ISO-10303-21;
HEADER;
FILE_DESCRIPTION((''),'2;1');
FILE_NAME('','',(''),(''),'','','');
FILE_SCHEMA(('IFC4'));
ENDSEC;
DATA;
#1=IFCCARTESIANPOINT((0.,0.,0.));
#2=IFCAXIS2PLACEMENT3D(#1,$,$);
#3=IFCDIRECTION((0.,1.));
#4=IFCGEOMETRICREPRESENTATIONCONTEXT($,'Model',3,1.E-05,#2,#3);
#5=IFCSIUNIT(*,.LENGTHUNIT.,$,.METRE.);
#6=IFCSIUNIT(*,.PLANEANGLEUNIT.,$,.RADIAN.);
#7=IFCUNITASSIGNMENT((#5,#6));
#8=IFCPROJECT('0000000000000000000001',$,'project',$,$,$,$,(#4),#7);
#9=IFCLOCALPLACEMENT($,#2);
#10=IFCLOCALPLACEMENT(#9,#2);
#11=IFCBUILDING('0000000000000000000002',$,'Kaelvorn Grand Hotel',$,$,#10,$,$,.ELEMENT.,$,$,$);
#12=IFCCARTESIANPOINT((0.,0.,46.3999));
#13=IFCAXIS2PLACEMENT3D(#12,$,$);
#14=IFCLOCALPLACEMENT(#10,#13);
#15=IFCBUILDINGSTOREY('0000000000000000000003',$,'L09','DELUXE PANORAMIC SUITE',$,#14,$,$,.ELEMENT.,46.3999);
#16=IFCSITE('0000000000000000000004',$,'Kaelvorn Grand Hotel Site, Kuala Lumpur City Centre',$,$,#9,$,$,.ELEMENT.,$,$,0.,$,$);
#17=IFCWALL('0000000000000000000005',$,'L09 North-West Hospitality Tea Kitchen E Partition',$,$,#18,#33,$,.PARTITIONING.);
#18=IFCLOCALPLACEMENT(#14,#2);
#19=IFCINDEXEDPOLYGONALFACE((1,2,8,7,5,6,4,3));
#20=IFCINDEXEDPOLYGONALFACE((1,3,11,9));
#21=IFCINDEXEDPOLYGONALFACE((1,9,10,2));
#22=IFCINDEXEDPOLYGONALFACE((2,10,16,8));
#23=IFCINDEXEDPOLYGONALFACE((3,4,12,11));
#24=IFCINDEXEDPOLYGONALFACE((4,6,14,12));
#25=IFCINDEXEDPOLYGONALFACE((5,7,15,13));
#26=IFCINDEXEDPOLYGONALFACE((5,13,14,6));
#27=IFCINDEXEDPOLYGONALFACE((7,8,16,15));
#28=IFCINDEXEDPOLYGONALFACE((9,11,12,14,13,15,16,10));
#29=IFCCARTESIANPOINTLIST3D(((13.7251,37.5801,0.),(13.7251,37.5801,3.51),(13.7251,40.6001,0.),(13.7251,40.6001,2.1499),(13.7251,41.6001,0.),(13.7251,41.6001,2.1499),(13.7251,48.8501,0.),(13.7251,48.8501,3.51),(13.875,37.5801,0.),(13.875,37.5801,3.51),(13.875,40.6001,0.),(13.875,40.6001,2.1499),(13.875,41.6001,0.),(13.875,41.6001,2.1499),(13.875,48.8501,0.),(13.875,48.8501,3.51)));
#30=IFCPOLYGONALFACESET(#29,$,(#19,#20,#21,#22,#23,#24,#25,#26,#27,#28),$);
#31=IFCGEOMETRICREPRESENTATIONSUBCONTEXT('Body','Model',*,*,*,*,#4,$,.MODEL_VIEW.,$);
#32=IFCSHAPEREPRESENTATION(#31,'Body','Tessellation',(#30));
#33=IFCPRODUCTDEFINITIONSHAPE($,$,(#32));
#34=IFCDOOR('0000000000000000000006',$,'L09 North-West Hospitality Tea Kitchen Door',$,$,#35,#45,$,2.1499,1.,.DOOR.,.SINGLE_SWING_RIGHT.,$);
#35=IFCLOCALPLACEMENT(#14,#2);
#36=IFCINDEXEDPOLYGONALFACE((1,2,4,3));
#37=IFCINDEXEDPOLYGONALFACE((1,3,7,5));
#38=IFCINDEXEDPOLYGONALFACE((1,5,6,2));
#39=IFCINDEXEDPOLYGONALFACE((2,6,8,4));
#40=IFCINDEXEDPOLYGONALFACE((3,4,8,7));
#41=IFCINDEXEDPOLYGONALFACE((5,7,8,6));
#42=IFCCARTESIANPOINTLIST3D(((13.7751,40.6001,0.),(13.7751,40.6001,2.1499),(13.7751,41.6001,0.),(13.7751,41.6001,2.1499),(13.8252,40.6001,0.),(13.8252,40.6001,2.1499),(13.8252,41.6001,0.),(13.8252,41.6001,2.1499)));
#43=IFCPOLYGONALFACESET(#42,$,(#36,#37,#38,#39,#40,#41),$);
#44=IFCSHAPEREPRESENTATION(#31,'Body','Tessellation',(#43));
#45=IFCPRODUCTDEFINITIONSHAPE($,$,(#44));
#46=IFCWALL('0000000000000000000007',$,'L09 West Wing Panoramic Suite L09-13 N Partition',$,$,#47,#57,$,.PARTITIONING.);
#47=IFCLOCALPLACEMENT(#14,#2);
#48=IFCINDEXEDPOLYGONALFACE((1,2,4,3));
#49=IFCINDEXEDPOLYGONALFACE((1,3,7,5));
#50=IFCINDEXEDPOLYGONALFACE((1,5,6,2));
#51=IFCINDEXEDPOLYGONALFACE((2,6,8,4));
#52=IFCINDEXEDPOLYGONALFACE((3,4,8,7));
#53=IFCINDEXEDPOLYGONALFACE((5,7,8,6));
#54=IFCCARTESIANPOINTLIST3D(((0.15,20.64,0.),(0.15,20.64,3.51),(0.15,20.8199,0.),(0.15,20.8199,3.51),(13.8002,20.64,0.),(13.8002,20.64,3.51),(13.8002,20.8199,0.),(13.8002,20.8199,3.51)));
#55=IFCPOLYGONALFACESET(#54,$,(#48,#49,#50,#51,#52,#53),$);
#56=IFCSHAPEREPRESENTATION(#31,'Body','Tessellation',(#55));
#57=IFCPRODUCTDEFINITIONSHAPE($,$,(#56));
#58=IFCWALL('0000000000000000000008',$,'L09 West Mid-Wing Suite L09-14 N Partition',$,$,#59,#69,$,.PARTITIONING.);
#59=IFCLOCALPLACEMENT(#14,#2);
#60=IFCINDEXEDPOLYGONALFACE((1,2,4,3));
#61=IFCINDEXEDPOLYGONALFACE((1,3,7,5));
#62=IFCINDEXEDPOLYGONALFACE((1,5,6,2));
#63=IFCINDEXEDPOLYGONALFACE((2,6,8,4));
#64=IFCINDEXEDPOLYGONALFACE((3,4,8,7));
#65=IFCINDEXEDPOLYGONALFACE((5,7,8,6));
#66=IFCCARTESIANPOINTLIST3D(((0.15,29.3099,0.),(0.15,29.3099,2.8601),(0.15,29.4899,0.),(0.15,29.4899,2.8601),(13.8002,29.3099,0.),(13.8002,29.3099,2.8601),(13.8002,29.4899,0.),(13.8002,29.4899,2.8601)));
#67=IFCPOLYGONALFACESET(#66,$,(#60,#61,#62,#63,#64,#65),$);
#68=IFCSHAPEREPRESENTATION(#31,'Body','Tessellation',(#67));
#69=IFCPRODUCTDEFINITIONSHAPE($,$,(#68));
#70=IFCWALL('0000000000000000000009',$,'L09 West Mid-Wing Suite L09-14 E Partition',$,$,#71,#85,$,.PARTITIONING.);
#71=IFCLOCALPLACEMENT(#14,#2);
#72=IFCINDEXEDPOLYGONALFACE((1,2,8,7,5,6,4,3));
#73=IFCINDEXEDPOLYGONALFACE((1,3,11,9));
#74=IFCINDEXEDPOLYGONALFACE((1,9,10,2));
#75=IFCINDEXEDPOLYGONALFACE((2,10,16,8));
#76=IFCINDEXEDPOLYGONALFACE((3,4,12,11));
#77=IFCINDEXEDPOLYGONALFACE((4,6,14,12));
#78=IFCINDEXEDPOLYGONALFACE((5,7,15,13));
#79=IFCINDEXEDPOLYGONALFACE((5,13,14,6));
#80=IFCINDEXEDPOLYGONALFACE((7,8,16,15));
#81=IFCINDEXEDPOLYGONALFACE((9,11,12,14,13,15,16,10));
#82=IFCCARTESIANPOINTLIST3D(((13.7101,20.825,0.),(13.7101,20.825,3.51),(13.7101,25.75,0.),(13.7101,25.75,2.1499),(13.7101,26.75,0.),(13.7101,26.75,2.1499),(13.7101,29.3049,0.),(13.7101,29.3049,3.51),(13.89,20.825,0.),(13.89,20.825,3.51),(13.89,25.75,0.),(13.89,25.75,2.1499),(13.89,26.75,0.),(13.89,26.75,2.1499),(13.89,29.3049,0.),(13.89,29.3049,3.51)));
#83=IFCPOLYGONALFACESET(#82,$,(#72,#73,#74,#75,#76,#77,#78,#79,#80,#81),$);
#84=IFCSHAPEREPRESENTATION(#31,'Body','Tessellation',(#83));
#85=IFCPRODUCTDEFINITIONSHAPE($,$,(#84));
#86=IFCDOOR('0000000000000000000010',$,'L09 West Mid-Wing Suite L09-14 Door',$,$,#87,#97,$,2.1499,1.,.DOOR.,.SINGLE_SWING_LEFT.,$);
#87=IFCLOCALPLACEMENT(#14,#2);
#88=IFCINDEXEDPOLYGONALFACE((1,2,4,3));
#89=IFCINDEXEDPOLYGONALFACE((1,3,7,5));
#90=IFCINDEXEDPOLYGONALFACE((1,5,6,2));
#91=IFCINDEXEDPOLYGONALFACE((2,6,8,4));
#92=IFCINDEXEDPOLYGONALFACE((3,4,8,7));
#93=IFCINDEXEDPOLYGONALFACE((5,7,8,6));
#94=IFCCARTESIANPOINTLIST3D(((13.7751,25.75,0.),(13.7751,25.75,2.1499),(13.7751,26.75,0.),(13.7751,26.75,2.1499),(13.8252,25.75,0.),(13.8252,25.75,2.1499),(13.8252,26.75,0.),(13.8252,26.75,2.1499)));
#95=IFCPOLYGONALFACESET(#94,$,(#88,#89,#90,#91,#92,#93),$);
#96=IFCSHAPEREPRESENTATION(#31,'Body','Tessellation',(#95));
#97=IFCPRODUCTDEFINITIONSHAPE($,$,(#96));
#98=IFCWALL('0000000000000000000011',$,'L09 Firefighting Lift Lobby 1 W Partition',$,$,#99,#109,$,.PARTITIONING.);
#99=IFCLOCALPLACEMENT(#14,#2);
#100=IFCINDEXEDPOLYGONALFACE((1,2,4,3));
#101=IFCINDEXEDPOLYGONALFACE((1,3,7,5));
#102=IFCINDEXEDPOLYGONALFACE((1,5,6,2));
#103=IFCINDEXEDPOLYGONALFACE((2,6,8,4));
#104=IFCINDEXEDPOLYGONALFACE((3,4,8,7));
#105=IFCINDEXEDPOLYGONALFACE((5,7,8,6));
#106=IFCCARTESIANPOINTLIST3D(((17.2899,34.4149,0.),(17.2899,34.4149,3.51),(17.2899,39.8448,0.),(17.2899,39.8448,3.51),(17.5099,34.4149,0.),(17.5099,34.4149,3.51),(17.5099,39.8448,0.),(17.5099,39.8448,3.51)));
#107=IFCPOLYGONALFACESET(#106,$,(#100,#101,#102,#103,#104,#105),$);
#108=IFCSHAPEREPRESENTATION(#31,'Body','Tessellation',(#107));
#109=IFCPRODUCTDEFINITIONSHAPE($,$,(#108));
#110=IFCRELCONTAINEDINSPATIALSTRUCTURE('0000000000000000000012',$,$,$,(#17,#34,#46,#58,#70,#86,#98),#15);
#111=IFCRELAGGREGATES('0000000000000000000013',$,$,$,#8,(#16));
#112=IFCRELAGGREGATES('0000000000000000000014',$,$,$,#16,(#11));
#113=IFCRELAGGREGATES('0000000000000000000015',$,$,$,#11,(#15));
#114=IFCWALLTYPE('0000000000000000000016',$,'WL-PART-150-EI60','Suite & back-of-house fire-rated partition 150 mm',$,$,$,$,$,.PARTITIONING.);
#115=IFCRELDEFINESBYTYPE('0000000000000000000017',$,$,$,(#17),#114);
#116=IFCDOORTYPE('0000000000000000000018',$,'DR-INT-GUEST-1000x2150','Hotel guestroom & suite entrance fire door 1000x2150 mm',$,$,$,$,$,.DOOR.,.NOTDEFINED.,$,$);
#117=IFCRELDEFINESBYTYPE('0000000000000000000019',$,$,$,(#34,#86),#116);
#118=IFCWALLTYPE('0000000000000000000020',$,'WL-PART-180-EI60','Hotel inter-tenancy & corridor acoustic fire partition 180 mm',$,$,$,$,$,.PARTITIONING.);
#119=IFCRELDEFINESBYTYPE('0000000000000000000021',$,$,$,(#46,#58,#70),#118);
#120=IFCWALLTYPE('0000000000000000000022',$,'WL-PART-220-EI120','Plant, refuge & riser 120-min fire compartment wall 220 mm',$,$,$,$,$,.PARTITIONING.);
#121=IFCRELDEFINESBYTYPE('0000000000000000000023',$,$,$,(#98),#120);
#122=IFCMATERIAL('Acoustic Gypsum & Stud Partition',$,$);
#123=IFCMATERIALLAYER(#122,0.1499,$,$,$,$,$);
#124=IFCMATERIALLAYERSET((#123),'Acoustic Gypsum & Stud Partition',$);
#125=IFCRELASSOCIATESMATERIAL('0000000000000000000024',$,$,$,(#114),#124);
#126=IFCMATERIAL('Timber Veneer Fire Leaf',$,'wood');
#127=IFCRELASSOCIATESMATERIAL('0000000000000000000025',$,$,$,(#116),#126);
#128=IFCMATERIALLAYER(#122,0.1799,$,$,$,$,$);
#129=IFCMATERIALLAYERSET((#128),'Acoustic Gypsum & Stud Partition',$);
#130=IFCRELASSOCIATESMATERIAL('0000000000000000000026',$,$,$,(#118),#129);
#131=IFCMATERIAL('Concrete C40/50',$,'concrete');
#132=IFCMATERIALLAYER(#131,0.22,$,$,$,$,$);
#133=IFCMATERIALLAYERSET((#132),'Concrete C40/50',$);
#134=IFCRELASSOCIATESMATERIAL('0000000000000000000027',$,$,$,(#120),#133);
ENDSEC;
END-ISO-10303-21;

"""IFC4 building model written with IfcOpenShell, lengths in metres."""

from ifc_helpers import new_model, si_unit, direction, frame, frame_2d, origin, place, context, subcontext, project, spatial, rectangle, extrude, material, layer, layer_set, type_object, element, fill, save


model = new_model("IFC4")

# Units and contexts
model_context = context("Model", 3, precision=1e-05, world=origin(), true_north=direction((0.0, 1.0)))
body_context = subcontext(model_context, "Body", "Model", "MODEL_VIEW")
ifc_project = project(units=[si_unit("LENGTHUNIT", "METRE"), si_unit("PLANEANGLEUNIT", "RADIAN")], contexts=[model_context])

# Site, building, storey
site_placement = place(None, origin())
site = spatial("IfcSite", under=ifc_project, at=site_placement, Name="Kaelvorn Grand Hotel Site, Kuala Lumpur City Centre", CompositionType="ELEMENT", RefElevation=0.0)
building_placement = place(site_placement, origin())
building = spatial("IfcBuilding", under=site, at=building_placement, Name="Kaelvorn Grand Hotel", CompositionType="ELEMENT")
storey_placement = place(building_placement, frame((0.0, 0.0, 46.3999)))
storey = spatial("IfcBuildingStorey", under=building, at=storey_placement, Name="L09", Description="DELUXE PANORAMIC SUITE", CompositionType="ELEMENT", Elevation=46.3999)

# Shared definitions
ifc_material_1 = material(Name="Acoustic Gypsum & Stud Partition")
ifc_layer_1 = layer(ifc_material_1, 0.1499)
ifc_layer_set_1 = layer_set([ifc_layer_1], Name="Acoustic Gypsum & Stud Partition")
wall_type_1 = type_object("IfcWallType", Name="WL-PART-150-EI60", Description="Suite & back-of-house fire-rated partition 150 mm", PredefinedType="PARTITIONING", material=ifc_layer_set_1)

# Wall, opening, door
ifc_material_2 = material(Name="Timber Veneer Fire Leaf", Category="wood")
door_type_1 = type_object("IfcDoorType", Name="DR-INT-GUEST-1000x2150", Description="Hotel guestroom & suite entrance fire door 1000x2150 mm", OperationType="NOTDEFINED", PredefinedType="DOOR", material=ifc_material_2)
wall_1_placement = place(storey_placement, frame((13.8, 37.5801, 0.0), z_axis=(0.0, 0.0, 1.0), x_axis=(0.0, 1.0, 0.0)))
wall_1 = element("IfcWall", 1, at=wall_1_placement, inside=storey, type_object=wall_type_1, Name="L09 North-West Hospitality Tea Kitchen E Partition", PredefinedType="PARTITIONING", context=body_context, shape_type="SweptSolid", body=[
    extrude(rectangle(XDim=11.27, YDim=0.1499, at=frame_2d((5.635, 0.0))), origin(), (0.0, 0.0, 1.0), 3.51),
])
opening_1_placement = place(wall_1_placement, frame((3.02, 0.0, 0.0)))
opening_1 = element("IfcOpeningElement", 2, at=opening_1_placement, cuts=wall_1, PredefinedType="OPENING", context=body_context, shape_type="SweptSolid", body=[
    extrude(rectangle(XDim=1.0, YDim=2.1499, at=frame_2d((0.5, 1.075))), frame((0.0, 0.085, 0.0), z_axis=(0.0, -1.0, 0.0), x_axis=(1.0, 0.0, 0.0)), (0.0, 0.0, 1.0), 0.1699),
])
door_1_placement = place(opening_1_placement, origin())
door_1 = element("IfcDoor", 3, at=door_1_placement, inside=storey, type_object=door_type_1, Name="L09 North-West Hospitality Tea Kitchen Door", OperationType="SINGLE_SWING_RIGHT", OverallHeight=2.1499, OverallWidth=1.0, PredefinedType="DOOR", context=body_context, shape_type="SweptSolid", body=[
    extrude(rectangle(XDim=1.0, YDim=2.1499, at=frame_2d((0.5, 1.075))), frame((0.0, 0.0249, 0.0), z_axis=(0.0, -1.0, 0.0), x_axis=(1.0, 0.0, 0.0)), (0.0, 0.0, 1.0), 0.05),
])
fill(opening_1, door_1)

# Walls
ifc_layer_2 = layer(ifc_material_1, 0.1799)
ifc_layer_set_2 = layer_set([ifc_layer_2], Name="Acoustic Gypsum & Stud Partition")
wall_type_2 = type_object("IfcWallType", Name="WL-PART-180-EI60", Description="Hotel inter-tenancy & corridor acoustic fire partition 180 mm", PredefinedType="PARTITIONING", material=ifc_layer_set_2)
wall_2_placement = place(storey_placement, frame((0.1499, 20.73, 0.0), z_axis=(0.0, 0.0, 1.0), x_axis=(1.0, 0.0, 0.0)))
element("IfcWall", 4, at=wall_2_placement, inside=storey, type_object=wall_type_2, Name="L09 West Wing Panoramic Suite L09-13 N Partition", PredefinedType="PARTITIONING", context=body_context, shape_type="SweptSolid", body=[
    extrude(rectangle(XDim=13.6501, YDim=0.1799, at=frame_2d((6.8252, 0.0))), origin(), (0.0, 0.0, 1.0), 3.51),
])
wall_3_placement = place(storey_placement, frame((0.1499, 29.3999, 0.0), z_axis=(0.0, 0.0, 1.0), x_axis=(1.0, 0.0, 0.0)))
element("IfcWall", 5, at=wall_3_placement, inside=storey, type_object=wall_type_2, Name="L09 West Mid-Wing Suite L09-14 N Partition", PredefinedType="PARTITIONING", context=body_context, shape_type="SweptSolid", body=[
    extrude(rectangle(XDim=13.6501, YDim=0.1799, at=frame_2d((6.8252, 0.0))), origin(), (0.0, 0.0, 1.0), 2.8601),
])

# Wall, opening, door
wall_4_placement = place(storey_placement, frame((13.8, 20.825, 0.0), z_axis=(0.0, 0.0, 1.0), x_axis=(0.0, 1.0, 0.0)))
wall_4 = element("IfcWall", 6, at=wall_4_placement, inside=storey, type_object=wall_type_2, Name="L09 West Mid-Wing Suite L09-14 E Partition", PredefinedType="PARTITIONING", context=body_context, shape_type="SweptSolid", body=[
    extrude(rectangle(XDim=8.48, YDim=0.1799, at=frame_2d((4.24, 0.0))), origin(), (0.0, 0.0, 1.0), 3.51),
])
opening_2_placement = place(wall_4_placement, frame((4.925, 0.0, 0.0)))
opening_2 = element("IfcOpeningElement", 7, at=opening_2_placement, cuts=wall_4, PredefinedType="OPENING", context=body_context, shape_type="SweptSolid", body=[
    extrude(rectangle(XDim=1.0, YDim=2.1499, at=frame_2d((0.5, 1.075))), frame((0.0, 0.1001, 0.0), z_axis=(0.0, -1.0, 0.0), x_axis=(1.0, 0.0, 0.0)), (0.0, 0.0, 1.0), 0.2),
])
door_2_placement = place(opening_2_placement, origin())
door_2 = element("IfcDoor", 8, at=door_2_placement, inside=storey, type_object=door_type_1, Name="L09 West Mid-Wing Suite L09-14 Door", OperationType="SINGLE_SWING_LEFT", OverallHeight=2.1499, OverallWidth=1.0, PredefinedType="DOOR", context=body_context, shape_type="SweptSolid", body=[
    extrude(rectangle(XDim=1.0, YDim=2.1499, at=frame_2d((0.5, 1.075))), frame((0.0, 0.0249, 0.0), z_axis=(0.0, -1.0, 0.0), x_axis=(1.0, 0.0, 0.0)), (0.0, 0.0, 1.0), 0.05),
])
fill(opening_2, door_2)
ifc_material_3 = material(Name="Concrete C40/50", Category="concrete")
ifc_layer_3 = layer(ifc_material_3, 0.22)
ifc_layer_set_3 = layer_set([ifc_layer_3], Name="Concrete C40/50")
wall_type_3 = type_object("IfcWallType", Name="WL-PART-220-EI120", Description="Plant, refuge & riser 120-min fire compartment wall 220 mm", PredefinedType="PARTITIONING", material=ifc_layer_set_3)

# Wall
wall_5_placement = place(storey_placement, frame((17.3999, 34.415, 0.0), z_axis=(0.0, 0.0, 1.0), x_axis=(0.0, 1.0, 0.0)))
element("IfcWall", 9, at=wall_5_placement, inside=storey, type_object=wall_type_3, Name="L09 Firefighting Lift Lobby 1 W Partition", PredefinedType="PARTITIONING", context=body_context, shape_type="SweptSolid", body=[
    extrude(rectangle(XDim=5.4299, YDim=0.22, at=frame_2d((2.7148, 0.0))), origin(), (0.0, 0.0, 1.0), 3.51),
])

save(model, "model.ifc")
